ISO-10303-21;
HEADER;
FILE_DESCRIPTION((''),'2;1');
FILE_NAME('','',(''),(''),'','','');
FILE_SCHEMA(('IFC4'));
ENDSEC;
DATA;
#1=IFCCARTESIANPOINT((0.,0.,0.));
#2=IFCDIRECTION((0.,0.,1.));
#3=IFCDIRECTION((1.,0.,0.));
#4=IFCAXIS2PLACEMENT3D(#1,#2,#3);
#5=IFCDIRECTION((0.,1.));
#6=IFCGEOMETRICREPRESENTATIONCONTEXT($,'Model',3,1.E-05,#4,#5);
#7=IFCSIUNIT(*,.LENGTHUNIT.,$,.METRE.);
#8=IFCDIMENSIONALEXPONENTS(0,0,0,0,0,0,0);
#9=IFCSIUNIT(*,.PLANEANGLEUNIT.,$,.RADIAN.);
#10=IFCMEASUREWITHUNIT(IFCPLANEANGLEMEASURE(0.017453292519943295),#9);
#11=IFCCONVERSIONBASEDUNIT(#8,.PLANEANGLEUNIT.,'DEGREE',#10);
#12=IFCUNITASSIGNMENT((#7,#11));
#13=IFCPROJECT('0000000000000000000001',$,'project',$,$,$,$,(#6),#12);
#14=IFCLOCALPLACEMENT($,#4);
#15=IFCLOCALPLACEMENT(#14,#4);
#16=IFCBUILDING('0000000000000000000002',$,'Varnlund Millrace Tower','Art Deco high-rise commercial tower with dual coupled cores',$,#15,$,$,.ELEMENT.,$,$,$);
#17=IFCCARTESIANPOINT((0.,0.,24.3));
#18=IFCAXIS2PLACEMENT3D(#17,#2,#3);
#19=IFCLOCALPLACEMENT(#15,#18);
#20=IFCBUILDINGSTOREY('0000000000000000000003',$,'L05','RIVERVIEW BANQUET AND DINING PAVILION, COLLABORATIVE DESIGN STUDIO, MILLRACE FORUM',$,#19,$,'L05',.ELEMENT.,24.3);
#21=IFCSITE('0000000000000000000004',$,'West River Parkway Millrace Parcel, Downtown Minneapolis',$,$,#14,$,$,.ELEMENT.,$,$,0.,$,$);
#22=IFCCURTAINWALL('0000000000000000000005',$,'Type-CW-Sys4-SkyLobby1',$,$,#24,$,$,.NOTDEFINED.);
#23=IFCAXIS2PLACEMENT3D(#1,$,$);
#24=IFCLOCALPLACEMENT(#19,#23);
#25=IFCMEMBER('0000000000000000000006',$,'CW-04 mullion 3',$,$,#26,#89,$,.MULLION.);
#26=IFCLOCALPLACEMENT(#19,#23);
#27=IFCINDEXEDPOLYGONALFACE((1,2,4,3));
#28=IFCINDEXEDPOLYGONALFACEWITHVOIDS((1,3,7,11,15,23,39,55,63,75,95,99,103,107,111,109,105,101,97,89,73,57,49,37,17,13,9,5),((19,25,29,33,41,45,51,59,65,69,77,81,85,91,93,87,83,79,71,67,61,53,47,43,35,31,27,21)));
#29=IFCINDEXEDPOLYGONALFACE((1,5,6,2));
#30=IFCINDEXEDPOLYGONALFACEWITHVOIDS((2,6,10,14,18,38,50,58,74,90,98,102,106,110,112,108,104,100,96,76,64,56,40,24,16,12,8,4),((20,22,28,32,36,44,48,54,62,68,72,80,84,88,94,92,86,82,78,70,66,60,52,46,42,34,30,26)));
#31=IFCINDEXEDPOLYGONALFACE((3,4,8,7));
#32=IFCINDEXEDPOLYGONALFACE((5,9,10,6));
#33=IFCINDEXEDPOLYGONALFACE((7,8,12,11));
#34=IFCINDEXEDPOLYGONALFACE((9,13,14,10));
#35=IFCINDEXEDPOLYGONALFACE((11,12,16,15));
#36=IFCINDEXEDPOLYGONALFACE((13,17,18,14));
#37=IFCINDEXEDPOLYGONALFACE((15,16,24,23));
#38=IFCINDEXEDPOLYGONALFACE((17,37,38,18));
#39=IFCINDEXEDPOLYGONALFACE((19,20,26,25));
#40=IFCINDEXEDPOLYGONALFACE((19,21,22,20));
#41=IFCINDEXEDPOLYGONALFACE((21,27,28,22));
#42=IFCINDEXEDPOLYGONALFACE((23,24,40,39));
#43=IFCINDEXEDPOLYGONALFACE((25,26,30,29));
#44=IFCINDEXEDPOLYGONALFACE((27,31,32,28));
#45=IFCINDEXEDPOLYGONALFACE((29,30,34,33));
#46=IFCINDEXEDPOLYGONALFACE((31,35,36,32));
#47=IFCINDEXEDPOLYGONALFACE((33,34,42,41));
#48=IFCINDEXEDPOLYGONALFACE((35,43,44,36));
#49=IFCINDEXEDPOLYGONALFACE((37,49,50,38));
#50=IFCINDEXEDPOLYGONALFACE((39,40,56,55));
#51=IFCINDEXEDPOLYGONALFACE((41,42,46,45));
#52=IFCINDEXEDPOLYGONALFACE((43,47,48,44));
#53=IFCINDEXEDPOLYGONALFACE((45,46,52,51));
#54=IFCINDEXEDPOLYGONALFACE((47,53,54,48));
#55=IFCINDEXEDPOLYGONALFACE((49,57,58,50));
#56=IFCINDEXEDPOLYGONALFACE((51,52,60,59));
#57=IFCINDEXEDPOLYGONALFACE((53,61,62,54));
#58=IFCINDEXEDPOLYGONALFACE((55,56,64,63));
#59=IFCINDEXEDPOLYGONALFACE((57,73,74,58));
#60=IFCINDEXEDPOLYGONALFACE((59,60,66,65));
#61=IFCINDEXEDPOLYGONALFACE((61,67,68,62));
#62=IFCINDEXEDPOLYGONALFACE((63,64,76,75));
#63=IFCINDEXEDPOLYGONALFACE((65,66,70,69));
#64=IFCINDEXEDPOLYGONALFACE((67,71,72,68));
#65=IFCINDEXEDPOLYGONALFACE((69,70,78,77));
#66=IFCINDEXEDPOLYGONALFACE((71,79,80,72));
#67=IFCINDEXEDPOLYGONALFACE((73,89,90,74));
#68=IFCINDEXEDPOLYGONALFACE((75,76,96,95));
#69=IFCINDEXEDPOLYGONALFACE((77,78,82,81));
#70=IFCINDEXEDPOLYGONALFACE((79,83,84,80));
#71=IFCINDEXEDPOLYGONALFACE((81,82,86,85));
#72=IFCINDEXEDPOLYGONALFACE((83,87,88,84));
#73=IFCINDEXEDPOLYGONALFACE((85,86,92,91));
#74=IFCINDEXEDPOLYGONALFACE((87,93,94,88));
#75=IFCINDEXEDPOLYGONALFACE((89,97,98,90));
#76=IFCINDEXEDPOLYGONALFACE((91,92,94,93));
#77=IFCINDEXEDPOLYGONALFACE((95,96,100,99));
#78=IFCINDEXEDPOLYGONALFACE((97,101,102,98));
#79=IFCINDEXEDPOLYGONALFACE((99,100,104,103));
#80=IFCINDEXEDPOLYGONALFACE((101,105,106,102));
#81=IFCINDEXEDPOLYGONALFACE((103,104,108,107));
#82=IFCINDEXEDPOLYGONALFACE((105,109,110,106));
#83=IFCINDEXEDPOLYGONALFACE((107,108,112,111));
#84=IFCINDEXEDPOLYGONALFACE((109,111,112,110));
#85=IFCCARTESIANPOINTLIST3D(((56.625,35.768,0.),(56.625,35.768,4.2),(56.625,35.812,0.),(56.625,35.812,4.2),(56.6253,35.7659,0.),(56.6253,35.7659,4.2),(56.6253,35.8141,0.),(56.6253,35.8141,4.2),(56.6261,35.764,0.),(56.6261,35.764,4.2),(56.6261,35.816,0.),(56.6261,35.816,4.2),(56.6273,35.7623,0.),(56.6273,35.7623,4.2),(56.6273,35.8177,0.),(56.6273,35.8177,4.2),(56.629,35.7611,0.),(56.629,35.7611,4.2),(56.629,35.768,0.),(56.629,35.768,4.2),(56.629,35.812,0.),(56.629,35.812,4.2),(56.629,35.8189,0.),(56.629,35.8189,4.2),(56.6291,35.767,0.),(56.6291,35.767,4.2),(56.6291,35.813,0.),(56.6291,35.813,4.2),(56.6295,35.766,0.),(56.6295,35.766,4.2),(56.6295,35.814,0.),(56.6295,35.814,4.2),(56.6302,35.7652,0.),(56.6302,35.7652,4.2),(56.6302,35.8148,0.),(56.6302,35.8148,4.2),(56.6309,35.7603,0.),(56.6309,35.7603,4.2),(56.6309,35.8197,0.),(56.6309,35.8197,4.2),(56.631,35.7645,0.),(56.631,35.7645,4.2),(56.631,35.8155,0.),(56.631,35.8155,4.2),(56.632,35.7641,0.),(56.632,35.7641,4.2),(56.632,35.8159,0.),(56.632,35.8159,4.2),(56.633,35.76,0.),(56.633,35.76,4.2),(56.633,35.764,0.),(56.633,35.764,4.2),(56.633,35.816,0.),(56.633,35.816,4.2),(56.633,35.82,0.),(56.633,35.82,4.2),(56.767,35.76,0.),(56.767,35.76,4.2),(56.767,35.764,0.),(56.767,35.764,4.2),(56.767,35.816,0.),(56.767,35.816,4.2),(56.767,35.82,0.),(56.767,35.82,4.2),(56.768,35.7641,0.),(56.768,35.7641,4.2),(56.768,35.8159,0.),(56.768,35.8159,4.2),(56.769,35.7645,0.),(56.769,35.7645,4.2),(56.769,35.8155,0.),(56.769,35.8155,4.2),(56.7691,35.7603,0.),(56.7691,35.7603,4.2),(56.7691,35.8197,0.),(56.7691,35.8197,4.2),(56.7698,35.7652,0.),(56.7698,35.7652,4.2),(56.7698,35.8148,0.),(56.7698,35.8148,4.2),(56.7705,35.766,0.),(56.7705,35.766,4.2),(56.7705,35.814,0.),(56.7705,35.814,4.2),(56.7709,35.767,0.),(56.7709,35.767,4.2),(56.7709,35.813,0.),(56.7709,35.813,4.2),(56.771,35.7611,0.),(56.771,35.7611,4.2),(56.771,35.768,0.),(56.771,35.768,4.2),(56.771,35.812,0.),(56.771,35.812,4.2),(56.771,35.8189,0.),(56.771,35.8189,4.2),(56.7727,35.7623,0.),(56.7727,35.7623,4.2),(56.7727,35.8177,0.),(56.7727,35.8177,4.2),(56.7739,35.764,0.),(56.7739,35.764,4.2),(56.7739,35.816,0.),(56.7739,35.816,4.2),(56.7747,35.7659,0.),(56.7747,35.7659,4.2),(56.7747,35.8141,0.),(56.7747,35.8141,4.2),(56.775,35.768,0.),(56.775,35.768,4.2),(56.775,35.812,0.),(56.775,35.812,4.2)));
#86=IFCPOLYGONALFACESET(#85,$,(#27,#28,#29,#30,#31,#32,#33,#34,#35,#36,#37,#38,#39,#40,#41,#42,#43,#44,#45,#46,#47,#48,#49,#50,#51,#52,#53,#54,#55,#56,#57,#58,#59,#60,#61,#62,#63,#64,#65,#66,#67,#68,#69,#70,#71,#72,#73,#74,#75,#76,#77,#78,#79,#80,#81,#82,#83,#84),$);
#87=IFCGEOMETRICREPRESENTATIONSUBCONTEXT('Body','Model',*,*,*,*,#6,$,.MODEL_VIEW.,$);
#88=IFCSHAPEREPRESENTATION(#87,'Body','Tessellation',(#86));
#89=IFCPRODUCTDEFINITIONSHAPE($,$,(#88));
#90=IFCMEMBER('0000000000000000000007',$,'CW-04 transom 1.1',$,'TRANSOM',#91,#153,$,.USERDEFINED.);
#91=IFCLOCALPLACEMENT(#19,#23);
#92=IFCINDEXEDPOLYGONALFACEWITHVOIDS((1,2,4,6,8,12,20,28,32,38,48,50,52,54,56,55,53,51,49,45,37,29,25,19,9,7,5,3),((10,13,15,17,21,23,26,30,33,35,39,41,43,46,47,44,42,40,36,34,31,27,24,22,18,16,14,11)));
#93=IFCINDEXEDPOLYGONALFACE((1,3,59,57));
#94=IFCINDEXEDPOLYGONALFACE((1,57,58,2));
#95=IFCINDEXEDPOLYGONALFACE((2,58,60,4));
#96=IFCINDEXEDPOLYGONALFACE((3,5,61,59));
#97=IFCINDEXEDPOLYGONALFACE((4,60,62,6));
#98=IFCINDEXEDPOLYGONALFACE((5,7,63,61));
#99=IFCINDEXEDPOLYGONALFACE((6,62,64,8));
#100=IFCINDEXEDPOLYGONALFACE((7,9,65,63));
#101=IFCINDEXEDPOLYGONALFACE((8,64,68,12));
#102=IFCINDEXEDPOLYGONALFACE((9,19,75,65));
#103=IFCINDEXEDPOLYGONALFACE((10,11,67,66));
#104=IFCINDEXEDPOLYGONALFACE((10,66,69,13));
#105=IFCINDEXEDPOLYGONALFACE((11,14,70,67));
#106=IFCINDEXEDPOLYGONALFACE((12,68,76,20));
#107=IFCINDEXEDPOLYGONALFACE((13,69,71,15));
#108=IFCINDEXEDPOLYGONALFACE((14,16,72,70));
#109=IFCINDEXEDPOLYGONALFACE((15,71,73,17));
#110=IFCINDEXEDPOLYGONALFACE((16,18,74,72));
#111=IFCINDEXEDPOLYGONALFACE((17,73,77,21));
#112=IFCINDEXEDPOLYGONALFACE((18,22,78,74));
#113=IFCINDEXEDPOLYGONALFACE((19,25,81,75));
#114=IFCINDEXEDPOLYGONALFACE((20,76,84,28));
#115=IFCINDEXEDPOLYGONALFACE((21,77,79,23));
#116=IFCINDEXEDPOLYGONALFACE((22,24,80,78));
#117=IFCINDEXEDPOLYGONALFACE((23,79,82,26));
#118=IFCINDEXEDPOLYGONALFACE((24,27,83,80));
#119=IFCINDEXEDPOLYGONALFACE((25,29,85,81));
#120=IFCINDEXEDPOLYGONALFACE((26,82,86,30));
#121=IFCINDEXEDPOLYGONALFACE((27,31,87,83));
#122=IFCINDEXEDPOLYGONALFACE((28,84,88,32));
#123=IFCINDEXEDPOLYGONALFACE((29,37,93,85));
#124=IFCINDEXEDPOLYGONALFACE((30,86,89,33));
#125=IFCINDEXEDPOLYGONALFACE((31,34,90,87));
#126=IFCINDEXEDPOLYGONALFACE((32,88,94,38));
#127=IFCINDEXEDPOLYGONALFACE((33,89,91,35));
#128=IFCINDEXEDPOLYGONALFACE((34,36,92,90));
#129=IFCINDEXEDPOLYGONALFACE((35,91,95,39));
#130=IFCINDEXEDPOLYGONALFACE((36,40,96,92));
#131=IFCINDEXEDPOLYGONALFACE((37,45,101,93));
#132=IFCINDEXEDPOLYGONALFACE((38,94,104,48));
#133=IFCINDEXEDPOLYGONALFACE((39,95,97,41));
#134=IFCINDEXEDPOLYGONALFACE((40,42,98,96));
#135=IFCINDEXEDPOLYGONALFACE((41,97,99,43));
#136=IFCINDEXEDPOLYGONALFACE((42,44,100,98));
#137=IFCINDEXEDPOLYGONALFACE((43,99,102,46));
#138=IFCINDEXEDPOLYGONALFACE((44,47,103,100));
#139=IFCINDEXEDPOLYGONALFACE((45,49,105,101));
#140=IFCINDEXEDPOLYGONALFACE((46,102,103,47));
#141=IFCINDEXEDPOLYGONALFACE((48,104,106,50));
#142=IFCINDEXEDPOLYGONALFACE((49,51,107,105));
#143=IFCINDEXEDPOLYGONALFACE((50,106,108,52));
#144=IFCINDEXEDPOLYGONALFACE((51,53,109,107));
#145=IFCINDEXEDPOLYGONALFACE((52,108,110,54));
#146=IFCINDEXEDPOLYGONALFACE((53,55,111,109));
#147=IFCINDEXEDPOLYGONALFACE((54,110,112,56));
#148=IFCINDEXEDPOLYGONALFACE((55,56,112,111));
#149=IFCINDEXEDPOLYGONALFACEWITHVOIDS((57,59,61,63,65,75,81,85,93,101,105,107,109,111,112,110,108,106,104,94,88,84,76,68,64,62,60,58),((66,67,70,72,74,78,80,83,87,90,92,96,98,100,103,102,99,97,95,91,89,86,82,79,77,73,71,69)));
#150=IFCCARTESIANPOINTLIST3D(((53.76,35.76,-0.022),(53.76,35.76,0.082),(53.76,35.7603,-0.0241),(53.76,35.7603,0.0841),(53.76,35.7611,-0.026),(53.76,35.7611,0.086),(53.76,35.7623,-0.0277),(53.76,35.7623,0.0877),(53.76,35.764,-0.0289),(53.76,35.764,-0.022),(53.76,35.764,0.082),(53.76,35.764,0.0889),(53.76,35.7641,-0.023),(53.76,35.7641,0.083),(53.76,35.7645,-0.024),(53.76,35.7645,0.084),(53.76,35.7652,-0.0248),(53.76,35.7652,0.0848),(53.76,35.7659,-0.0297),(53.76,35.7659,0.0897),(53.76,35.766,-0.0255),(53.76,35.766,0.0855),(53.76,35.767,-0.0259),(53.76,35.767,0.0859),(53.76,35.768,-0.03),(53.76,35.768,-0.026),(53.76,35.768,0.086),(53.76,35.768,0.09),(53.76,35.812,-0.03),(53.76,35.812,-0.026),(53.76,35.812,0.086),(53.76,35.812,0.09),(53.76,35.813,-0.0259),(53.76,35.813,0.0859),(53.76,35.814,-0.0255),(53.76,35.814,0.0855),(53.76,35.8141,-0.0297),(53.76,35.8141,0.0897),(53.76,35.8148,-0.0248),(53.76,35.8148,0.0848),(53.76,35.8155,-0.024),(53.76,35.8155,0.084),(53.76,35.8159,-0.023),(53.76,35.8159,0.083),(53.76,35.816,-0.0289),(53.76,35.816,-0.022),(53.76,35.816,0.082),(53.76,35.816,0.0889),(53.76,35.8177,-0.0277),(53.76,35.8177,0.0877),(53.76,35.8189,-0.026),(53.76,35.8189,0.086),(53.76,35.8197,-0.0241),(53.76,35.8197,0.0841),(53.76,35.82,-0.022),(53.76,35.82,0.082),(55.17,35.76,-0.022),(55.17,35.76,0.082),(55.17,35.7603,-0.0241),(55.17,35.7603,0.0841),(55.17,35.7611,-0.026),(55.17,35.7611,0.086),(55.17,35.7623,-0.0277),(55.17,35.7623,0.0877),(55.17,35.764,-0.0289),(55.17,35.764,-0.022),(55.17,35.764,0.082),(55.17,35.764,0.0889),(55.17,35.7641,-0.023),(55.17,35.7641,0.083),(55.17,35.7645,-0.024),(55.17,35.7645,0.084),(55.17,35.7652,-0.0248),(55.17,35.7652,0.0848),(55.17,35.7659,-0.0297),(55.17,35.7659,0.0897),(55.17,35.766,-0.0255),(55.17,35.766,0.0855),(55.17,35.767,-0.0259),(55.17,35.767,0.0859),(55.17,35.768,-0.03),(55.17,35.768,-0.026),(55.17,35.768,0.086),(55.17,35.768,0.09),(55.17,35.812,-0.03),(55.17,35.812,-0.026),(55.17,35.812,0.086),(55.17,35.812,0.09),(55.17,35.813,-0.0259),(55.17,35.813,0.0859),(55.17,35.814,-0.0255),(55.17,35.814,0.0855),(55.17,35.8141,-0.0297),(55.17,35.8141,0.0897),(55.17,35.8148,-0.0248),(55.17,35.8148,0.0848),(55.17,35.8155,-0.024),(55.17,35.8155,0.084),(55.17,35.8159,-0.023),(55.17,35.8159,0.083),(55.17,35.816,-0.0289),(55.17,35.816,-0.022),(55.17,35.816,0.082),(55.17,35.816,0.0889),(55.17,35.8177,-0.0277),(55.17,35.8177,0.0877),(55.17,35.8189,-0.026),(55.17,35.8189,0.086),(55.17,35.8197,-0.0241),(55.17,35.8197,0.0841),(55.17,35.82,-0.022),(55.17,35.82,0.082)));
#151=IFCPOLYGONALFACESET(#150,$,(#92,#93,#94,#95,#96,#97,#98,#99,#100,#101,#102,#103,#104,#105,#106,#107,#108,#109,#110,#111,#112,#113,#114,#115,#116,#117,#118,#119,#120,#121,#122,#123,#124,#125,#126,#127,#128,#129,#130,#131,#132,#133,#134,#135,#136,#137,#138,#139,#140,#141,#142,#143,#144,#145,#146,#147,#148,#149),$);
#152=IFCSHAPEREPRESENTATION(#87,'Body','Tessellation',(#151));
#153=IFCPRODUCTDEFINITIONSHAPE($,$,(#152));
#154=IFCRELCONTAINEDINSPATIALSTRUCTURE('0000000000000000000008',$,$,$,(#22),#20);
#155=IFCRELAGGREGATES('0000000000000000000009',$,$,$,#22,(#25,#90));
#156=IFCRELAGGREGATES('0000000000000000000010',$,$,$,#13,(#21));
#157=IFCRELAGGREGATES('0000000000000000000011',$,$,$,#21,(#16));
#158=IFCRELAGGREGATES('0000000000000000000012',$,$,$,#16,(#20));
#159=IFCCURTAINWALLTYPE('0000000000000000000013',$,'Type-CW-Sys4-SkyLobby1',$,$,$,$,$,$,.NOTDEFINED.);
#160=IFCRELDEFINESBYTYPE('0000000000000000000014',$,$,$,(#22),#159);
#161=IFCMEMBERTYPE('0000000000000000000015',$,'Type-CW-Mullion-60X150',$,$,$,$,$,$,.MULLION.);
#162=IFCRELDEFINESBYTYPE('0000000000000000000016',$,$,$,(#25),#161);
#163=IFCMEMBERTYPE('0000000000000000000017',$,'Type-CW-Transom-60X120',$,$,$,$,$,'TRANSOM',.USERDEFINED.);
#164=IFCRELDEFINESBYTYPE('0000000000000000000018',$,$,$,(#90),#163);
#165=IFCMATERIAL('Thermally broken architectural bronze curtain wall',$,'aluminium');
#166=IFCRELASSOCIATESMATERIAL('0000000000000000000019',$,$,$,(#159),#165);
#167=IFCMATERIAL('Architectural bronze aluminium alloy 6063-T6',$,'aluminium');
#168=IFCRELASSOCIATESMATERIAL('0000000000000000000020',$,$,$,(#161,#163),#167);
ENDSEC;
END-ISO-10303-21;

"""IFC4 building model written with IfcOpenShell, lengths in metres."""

from ifc_helpers import new_model, entity, si_unit, converted_unit, direction, frame, origin_with_axes, origin_2d_with_axis, place, context, subcontext, project, spatial, hollow_rectangle, extrude, material, material_profile, profile_set, type_object, element, aggregate, save


model = new_model("IFC4")

# Units and contexts
model_context = context("Model", 3, precision=1e-05, world=origin_with_axes(), true_north=direction((0.0, 1.0)))
body_context = subcontext(model_context, "Body", "Model", "MODEL_VIEW")
ifc_project = project(units=[si_unit("LENGTHUNIT", "METRE"), converted_unit("PLANEANGLEUNIT", "DEGREE", entity("IfcPlaneAngleMeasure", 0.017453292519943295), si_unit("PLANEANGLEUNIT", "RADIAN"), dimensions=[0, 0, 0, 0, 0, 0, 0])], contexts=[model_context])

# Site, building, storey
site_placement = place(None, origin_with_axes())
site = spatial("IfcSite", under=ifc_project, at=site_placement, Name="West River Parkway Millrace Parcel, Downtown Minneapolis", CompositionType="ELEMENT", RefElevation=0.0)
building_placement = place(site_placement, origin_with_axes())
building = spatial("IfcBuilding", under=site, at=building_placement, Name="Varnlund Millrace Tower", Description="Art Deco high-rise commercial tower with dual coupled cores", CompositionType="ELEMENT")
storey_placement = place(building_placement, frame((0.0, 0.0, 24.3), z_axis=(0.0, 0.0, 1.0), x_axis=(1.0, 0.0, 0.0)))
storey = spatial("IfcBuildingStorey", under=building, at=storey_placement, Name="L05", Description="RIVERVIEW BANQUET AND DINING PAVILION, COLLABORATIVE DESIGN STUDIO, MILLRACE FORUM", LongName="L05", CompositionType="ELEMENT", Elevation=24.3)

# Curtain wall, members
ifc_material_1 = material(Name="Thermally broken architectural bronze curtain wall", Category="aluminium")
curtain_wall_type = type_object("IfcCurtainWallType", Name="Type-CW-Sys4-SkyLobby1", PredefinedType="NOTDEFINED", material=ifc_material_1)
curtain_wall_placement = place(storey_placement, frame((53.7, 35.79, 0.0), z_axis=(0.0, 0.0, 1.0), x_axis=(1.0, 0.0, 0.0)))
curtain_wall = element("IfcCurtainWall", 1, at=curtain_wall_placement, inside=storey, type_object=curtain_wall_type, Name="Type-CW-Sys4-SkyLobby1", PredefinedType="NOTDEFINED")
ifc_material_2 = material(Name="Architectural bronze aluminium alloy 6063-T6", Category="aluminium")
ifc_material_profile_1 = material_profile(ifc_material_2, hollow_rectangle(XDim=0.06, YDim=0.15, WallThickness=0.004, InnerFilletRadius=0.004, OuterFilletRadius=0.008, at=origin_2d_with_axis()), Name="Architectural bronze aluminium alloy 6063-T6")
ifc_profile_set_1 = profile_set([ifc_material_profile_1], Name="Architectural bronze aluminium alloy 6063-T6")
member_type_1 = type_object("IfcMemberType", Name="Type-CW-Mullion-60X150", PredefinedType="MULLION", material=ifc_profile_set_1)
member_1_placement = place(storey_placement, frame((56.7, 35.79, 0.0), z_axis=(0.0, 0.0, 1.0), x_axis=(0.0, 1.0, 0.0)))
member_1 = element("IfcMember", 2, at=member_1_placement, type_object=member_type_1, Name="CW-04 mullion 3", PredefinedType="MULLION", context=body_context, shape_type="SweptSolid", body=[
    extrude(hollow_rectangle(XDim=0.06, YDim=0.15, WallThickness=0.004, InnerFilletRadius=0.004, OuterFilletRadius=0.008, at=origin_2d_with_axis()), origin_with_axes(), (0.0, 0.0, 1.0), 4.2),
])
ifc_material_profile_2 = material_profile(ifc_material_2, hollow_rectangle(XDim=0.06, YDim=0.12, WallThickness=0.004, InnerFilletRadius=0.004, OuterFilletRadius=0.008, at=origin_2d_with_axis()), Name="Architectural bronze aluminium alloy 6063-T6")
ifc_profile_set_2 = profile_set([ifc_material_profile_2], Name="Architectural bronze aluminium alloy 6063-T6")
member_type_2 = type_object("IfcMemberType", Name="Type-CW-Transom-60X120", ElementType="TRANSOM", PredefinedType="USERDEFINED", material=ifc_profile_set_2)
member_2_placement = place(storey_placement, frame((53.76, 35.79, 0.03), z_axis=(1.0, 0.0, 0.0), x_axis=(0.0, 1.0, 0.0)))
member_2 = element("IfcMember", 3, at=member_2_placement, type_object=member_type_2, Name="CW-04 transom 1.1", ObjectType="TRANSOM", PredefinedType="USERDEFINED", context=body_context, shape_type="SweptSolid", body=[
    extrude(hollow_rectangle(XDim=0.06, YDim=0.12, WallThickness=0.004, InnerFilletRadius=0.004, OuterFilletRadius=0.008, at=origin_2d_with_axis()), origin_with_axes(), (0.0, 0.0, 1.0), 1.41),
])

aggregate(curtain_wall, [member_1, member_2])

save(model, "model.ifc")
